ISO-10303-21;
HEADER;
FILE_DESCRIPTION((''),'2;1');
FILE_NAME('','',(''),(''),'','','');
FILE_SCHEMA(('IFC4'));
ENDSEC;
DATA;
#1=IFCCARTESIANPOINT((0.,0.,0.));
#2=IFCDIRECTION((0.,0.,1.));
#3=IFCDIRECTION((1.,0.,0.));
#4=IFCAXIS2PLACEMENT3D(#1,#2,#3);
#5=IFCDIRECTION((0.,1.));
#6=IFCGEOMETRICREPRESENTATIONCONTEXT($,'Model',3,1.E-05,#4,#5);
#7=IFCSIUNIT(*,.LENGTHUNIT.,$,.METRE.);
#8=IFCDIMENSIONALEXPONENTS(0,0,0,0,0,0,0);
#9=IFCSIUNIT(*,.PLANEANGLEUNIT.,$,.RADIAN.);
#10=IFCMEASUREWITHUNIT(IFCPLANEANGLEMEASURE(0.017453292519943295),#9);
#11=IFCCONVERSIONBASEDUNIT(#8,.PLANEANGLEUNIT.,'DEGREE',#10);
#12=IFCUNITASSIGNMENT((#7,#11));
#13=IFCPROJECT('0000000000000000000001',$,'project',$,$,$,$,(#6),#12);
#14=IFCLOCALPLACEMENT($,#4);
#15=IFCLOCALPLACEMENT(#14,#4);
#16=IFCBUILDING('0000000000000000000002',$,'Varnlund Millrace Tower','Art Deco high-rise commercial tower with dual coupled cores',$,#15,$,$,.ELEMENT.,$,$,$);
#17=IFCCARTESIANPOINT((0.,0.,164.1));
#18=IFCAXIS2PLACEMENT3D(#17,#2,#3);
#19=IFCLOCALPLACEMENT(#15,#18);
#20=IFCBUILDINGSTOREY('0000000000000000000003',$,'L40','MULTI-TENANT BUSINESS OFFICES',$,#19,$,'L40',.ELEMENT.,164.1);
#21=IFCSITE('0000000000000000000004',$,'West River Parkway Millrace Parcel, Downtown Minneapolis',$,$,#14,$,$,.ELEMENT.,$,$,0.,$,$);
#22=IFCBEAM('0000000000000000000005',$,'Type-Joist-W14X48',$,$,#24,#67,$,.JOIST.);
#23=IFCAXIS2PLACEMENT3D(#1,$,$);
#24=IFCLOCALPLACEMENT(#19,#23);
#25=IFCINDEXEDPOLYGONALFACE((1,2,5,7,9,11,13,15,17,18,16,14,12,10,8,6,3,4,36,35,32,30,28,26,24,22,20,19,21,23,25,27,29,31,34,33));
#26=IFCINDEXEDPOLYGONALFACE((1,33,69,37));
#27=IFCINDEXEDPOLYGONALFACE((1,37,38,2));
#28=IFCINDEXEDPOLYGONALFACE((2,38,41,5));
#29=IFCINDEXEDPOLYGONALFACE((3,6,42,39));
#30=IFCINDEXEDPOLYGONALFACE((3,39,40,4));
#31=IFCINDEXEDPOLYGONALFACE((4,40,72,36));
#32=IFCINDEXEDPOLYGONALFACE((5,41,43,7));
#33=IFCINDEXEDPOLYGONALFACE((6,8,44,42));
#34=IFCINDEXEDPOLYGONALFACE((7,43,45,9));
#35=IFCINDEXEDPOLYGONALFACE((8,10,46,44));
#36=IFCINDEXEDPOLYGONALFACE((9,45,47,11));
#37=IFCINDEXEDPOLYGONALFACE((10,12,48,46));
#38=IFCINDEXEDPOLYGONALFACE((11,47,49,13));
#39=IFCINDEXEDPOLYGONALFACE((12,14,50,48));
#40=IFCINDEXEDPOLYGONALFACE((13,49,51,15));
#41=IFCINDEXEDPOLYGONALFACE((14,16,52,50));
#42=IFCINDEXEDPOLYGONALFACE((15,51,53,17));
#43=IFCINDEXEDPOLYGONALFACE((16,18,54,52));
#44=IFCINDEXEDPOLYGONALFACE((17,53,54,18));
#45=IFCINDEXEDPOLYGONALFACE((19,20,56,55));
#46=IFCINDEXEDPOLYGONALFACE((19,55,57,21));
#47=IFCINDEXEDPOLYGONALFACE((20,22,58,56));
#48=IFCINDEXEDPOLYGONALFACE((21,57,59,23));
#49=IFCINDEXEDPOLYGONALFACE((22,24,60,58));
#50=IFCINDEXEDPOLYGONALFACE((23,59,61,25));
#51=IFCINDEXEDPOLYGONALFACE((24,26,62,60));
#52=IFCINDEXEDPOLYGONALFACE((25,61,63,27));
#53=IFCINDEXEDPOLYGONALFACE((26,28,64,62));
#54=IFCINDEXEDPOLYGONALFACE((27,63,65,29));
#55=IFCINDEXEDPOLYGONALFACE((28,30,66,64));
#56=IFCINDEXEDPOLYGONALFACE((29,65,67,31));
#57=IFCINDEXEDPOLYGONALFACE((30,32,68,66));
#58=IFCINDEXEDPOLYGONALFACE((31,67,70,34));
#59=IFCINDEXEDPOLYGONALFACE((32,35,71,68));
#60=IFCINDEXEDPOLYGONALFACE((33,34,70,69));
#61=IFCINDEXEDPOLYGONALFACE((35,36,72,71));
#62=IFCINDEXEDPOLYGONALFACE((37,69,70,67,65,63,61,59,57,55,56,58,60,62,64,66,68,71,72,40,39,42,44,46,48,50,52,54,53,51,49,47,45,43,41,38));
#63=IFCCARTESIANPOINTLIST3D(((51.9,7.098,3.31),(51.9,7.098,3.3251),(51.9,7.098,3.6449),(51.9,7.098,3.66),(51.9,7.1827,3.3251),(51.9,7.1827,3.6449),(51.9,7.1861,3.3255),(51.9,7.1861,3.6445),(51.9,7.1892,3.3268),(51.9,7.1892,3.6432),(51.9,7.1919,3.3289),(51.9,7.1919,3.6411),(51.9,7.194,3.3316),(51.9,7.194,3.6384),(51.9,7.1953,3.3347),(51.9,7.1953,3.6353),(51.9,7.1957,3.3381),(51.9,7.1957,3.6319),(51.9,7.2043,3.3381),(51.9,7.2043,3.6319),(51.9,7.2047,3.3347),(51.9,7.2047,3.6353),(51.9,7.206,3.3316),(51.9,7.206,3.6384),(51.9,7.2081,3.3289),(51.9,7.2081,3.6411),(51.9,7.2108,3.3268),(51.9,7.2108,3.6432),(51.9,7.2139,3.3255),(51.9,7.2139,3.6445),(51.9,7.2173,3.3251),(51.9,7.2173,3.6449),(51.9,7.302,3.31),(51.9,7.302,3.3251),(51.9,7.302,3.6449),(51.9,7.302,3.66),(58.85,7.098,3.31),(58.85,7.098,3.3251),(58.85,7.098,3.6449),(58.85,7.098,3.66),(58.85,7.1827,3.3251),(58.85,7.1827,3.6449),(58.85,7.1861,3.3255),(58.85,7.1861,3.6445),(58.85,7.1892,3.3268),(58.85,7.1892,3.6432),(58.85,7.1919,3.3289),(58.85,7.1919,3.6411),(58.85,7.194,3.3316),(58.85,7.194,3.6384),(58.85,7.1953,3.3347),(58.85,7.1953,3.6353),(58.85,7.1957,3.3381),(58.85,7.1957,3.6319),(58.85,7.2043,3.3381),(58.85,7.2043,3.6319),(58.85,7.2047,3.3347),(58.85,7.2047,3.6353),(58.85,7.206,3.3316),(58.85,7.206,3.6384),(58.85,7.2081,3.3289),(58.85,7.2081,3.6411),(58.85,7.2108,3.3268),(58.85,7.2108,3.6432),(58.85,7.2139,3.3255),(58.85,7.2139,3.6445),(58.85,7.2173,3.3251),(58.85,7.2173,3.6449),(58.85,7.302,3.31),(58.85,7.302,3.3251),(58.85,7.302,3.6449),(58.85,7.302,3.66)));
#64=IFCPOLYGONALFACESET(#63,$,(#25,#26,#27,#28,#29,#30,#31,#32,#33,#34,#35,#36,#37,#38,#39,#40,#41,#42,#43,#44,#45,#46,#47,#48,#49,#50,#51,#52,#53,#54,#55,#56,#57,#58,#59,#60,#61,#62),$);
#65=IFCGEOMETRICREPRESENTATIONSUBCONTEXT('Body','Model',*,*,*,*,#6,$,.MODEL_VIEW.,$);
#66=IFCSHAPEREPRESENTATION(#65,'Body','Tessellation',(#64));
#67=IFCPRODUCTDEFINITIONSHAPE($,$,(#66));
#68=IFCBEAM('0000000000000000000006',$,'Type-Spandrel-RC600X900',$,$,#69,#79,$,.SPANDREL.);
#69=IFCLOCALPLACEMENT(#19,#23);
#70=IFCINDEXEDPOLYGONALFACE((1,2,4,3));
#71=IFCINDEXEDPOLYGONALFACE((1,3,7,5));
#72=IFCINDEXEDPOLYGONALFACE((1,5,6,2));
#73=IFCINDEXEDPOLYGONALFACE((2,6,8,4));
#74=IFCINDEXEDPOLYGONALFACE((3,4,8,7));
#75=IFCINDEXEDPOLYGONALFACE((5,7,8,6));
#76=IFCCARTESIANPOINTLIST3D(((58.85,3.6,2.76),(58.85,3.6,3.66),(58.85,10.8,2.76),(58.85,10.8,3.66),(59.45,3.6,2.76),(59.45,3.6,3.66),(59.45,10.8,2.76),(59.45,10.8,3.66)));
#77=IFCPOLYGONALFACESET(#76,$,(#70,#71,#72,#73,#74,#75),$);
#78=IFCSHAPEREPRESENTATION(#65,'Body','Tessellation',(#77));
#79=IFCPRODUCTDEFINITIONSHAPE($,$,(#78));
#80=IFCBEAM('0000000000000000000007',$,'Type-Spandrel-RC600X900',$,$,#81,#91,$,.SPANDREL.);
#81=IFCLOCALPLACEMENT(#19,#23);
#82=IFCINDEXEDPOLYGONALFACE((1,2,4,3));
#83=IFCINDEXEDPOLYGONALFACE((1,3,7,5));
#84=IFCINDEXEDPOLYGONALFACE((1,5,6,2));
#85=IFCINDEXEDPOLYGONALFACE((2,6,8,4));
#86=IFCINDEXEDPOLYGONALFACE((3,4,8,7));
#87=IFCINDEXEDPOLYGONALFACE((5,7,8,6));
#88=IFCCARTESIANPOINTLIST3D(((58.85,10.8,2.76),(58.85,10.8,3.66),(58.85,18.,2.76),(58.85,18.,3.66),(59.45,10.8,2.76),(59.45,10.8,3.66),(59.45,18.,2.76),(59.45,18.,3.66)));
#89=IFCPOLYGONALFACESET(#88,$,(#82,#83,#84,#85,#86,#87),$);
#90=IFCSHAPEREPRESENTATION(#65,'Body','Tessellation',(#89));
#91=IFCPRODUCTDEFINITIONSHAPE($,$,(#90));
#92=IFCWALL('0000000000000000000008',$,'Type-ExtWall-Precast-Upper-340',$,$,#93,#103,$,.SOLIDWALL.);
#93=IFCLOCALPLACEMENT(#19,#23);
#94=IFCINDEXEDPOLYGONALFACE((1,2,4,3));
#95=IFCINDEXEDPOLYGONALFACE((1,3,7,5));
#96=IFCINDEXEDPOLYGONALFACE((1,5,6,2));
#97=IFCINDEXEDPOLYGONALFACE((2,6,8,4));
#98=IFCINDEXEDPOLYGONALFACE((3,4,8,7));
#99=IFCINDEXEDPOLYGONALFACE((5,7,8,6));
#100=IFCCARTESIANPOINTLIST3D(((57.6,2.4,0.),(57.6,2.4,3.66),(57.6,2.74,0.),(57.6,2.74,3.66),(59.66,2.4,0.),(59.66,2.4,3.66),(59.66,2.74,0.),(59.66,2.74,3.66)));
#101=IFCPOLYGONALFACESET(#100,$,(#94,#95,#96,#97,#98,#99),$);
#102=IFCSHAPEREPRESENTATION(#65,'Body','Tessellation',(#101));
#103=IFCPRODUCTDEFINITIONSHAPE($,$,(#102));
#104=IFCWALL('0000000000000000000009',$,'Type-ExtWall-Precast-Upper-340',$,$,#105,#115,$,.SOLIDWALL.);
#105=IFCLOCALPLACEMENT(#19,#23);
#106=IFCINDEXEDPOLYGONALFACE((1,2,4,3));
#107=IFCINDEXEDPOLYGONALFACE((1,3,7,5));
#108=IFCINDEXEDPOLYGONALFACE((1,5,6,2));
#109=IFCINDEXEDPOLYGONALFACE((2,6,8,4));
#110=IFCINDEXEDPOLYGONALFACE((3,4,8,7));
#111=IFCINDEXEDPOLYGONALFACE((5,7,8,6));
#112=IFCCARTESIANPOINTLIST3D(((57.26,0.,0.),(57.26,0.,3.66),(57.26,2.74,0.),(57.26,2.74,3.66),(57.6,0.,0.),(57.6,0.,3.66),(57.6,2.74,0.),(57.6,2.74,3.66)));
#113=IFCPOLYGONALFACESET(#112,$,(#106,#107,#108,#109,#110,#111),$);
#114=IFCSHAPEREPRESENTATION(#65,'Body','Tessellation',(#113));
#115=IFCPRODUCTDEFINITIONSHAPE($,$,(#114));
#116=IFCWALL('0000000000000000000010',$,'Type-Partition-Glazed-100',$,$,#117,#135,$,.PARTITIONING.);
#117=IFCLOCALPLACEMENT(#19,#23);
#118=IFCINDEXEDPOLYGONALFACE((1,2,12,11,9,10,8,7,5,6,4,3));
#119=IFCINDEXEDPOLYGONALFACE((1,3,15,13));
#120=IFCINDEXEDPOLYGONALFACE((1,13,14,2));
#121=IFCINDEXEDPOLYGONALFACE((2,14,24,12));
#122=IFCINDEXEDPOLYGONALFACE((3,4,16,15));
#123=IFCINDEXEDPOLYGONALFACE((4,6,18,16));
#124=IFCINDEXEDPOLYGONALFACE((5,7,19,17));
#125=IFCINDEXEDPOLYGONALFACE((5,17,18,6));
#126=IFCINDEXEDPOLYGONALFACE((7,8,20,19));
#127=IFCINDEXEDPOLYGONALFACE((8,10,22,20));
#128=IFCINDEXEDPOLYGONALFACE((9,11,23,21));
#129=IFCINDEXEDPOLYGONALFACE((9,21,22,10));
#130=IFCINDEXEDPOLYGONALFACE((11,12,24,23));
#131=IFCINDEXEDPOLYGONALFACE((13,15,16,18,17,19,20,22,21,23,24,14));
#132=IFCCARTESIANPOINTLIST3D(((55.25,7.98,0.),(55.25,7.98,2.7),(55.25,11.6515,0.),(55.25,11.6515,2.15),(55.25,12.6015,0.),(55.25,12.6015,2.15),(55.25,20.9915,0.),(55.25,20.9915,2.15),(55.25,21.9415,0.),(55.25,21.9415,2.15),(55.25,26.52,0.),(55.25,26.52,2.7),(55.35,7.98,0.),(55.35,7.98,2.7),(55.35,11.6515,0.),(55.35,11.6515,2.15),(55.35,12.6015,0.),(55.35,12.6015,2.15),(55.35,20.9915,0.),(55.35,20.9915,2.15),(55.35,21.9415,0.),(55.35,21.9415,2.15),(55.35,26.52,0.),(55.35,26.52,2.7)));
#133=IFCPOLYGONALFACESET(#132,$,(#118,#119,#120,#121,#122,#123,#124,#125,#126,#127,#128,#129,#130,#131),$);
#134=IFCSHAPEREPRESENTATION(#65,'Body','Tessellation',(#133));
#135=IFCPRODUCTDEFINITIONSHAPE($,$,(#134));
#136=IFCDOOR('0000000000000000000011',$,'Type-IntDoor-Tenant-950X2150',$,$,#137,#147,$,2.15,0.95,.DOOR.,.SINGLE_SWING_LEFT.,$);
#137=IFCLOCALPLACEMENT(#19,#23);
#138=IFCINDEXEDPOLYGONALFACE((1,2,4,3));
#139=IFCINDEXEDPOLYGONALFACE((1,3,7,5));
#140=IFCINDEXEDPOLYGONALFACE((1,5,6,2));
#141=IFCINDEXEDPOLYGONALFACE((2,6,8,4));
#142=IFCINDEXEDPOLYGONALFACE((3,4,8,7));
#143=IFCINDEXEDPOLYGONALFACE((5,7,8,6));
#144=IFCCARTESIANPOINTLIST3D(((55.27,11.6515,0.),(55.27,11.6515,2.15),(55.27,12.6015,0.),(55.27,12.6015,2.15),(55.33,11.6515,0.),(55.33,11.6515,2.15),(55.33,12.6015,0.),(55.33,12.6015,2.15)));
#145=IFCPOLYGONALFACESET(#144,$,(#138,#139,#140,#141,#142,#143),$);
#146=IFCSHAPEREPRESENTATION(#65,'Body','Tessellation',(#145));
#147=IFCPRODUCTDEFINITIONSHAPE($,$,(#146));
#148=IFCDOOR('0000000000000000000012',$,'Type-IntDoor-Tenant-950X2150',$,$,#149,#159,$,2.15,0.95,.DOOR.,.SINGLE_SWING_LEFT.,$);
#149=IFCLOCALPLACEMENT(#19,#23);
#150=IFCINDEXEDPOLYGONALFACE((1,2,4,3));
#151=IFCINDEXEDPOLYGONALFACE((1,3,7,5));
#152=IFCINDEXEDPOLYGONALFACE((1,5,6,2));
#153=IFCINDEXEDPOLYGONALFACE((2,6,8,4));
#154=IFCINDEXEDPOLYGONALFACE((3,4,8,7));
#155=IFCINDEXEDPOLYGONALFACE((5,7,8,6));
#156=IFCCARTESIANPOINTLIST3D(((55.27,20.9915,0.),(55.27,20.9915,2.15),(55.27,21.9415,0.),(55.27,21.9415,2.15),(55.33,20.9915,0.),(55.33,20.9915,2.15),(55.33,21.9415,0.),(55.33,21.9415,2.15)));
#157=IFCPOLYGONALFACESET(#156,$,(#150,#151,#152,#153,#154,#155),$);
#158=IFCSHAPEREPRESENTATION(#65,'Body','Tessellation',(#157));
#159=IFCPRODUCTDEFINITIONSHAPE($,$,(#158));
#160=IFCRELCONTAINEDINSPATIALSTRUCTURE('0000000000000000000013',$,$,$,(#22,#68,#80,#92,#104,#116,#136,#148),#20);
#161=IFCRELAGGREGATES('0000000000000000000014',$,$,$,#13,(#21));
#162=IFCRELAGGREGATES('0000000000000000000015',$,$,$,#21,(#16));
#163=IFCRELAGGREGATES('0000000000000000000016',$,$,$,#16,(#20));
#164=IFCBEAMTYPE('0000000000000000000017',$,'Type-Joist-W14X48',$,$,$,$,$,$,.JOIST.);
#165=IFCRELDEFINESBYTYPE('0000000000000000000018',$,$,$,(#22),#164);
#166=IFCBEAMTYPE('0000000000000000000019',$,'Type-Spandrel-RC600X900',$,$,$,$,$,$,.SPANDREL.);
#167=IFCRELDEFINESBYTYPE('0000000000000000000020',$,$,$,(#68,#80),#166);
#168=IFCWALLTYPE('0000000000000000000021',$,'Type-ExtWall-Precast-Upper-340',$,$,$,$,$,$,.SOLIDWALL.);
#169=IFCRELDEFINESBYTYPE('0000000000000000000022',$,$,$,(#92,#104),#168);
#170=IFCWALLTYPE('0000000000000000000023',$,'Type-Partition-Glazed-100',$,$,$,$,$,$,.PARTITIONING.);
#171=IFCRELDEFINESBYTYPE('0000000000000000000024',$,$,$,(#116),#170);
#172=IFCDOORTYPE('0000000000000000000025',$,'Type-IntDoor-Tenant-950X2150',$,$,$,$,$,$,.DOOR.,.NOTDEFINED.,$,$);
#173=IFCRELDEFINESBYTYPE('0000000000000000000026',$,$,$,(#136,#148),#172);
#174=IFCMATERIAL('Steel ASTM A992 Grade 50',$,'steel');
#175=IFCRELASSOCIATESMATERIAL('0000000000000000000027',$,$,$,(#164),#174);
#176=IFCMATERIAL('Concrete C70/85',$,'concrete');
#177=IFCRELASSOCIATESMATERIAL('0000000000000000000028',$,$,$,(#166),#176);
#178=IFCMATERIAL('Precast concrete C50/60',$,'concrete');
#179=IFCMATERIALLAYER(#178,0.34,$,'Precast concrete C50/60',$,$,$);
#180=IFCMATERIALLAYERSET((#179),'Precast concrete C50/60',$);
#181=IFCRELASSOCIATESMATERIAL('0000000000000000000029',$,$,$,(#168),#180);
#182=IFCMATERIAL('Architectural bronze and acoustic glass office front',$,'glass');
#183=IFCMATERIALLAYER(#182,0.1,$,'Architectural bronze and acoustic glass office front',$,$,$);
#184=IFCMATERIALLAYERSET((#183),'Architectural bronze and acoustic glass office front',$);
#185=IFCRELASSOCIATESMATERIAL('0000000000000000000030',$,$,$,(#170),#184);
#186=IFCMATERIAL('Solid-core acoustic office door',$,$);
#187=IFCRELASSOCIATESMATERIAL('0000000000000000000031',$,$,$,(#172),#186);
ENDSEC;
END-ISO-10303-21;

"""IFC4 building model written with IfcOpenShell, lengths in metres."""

from ifc_helpers import new_model, entity, si_unit, converted_unit, direction, frame, origin_with_axes, origin_2d_with_axis, place, context, subcontext, project, spatial, polyline, rectangle, i_section, outline, extrude, material, layer, layer_set, material_profile, profile_set, type_object, element, fill, save


model = new_model("IFC4")

# Units and contexts
model_context = context("Model", 3, precision=1e-05, world=origin_with_axes(), true_north=direction((0.0, 1.0)))
body_context = subcontext(model_context, "Body", "Model", "MODEL_VIEW")
ifc_project = project(units=[si_unit("LENGTHUNIT", "METRE"), converted_unit("PLANEANGLEUNIT", "DEGREE", entity("IfcPlaneAngleMeasure", 0.017453292519943295), si_unit("PLANEANGLEUNIT", "RADIAN"), dimensions=[0, 0, 0, 0, 0, 0, 0])], contexts=[model_context])

# Site, building, storey
site_placement = place(None, origin_with_axes())
site = spatial("IfcSite", under=ifc_project, at=site_placement, Name="West River Parkway Millrace Parcel, Downtown Minneapolis", CompositionType="ELEMENT", RefElevation=0.0)
building_placement = place(site_placement, origin_with_axes())
building = spatial("IfcBuilding", under=site, at=building_placement, Name="Varnlund Millrace Tower", Description="Art Deco high-rise commercial tower with dual coupled cores", CompositionType="ELEMENT")
storey_placement = place(building_placement, frame((0.0, 0.0, 164.1), z_axis=(0.0, 0.0, 1.0), x_axis=(1.0, 0.0, 0.0)))
storey = spatial("IfcBuildingStorey", under=building, at=storey_placement, Name="L40", Description="MULTI-TENANT BUSINESS OFFICES", LongName="L40", CompositionType="ELEMENT", Elevation=164.1)

# Beams
ifc_material_1 = material(Name="Steel ASTM A992 Grade 50", Category="steel")
ifc_material_profile_1 = material_profile(ifc_material_1, i_section(OverallWidth=0.204, OverallDepth=0.35, WebThickness=0.0086, FlangeThickness=0.0151, FilletRadius=0.013, at=origin_2d_with_axis()), Name="Steel ASTM A992 Grade 50")
ifc_profile_set_1 = profile_set([ifc_material_profile_1], Name="Steel ASTM A992 Grade 50")
beam_type_1 = type_object("IfcBeamType", Name="Type-Joist-W14X48", PredefinedType="JOIST", material=ifc_profile_set_1)
beam_placement = place(storey_placement, frame((51.9, 7.2, 3.485), z_axis=(1.0, 0.0, 0.0), x_axis=(0.0, 1.0, 0.0)))
element("IfcBeam", 1, at=beam_placement, inside=storey, type_object=beam_type_1, Name="Type-Joist-W14X48", PredefinedType="JOIST", context=body_context, shape_type="SweptSolid", body=[
    extrude(i_section(OverallWidth=0.204, OverallDepth=0.35, WebThickness=0.0086, FlangeThickness=0.0151, FilletRadius=0.013, at=origin_2d_with_axis()), origin_with_axes(), (0.0, 0.0, 1.0), 6.95),
])
ifc_material_2 = material(Name="Concrete C70/85", Category="concrete")
ifc_material_profile_2 = material_profile(ifc_material_2, rectangle(XDim=0.6, YDim=0.9, at=origin_2d_with_axis()), Name="Concrete C70/85")
ifc_profile_set_2 = profile_set([ifc_material_profile_2], Name="Concrete C70/85")
beam_type_2 = type_object("IfcBeamType", Name="Type-Spandrel-RC600X900", PredefinedType="SPANDREL", material=ifc_profile_set_2)
for number, where, z_axis, x_axis, name in (
    (2, (59.15, 3.6, 3.21), (0.0, 1.0, 0.0), (-1.0, 0.0, 0.0), "Type-Spandrel-RC600X900"),
    (3, (59.15, 10.8, 3.21), (0.0, 1.0, 0.0), (-1.0, 0.0, 0.0), "Type-Spandrel-RC600X900"),
):
    element("IfcBeam", number, at=place(storey_placement, frame(where, z_axis=z_axis, x_axis=x_axis)), inside=storey, type_object=beam_type_2, Name=name, PredefinedType="SPANDREL", context=body_context, shape_type="SweptSolid", body=[
        extrude(rectangle(XDim=0.6, YDim=0.9, at=origin_2d_with_axis()), origin_with_axes(), (0.0, 0.0, 1.0), 7.2),
    ])

# Walls
ifc_material_3 = material(Name="Precast concrete C50/60", Category="concrete")
ifc_layer_1 = layer(ifc_material_3, 0.34, Name="Precast concrete C50/60")
ifc_layer_set_1 = layer_set([ifc_layer_1], Name="Precast concrete C50/60")
wall_type_1 = type_object("IfcWallType", Name="Type-ExtWall-Precast-Upper-340", PredefinedType="SOLIDWALL", material=ifc_layer_set_1)
wall_1_placement = place(storey_placement, frame((59.66, 2.57, 0.0), z_axis=(0.0, 0.0, 1.0), x_axis=(-1.0, 0.0, 0.0)))
element("IfcWall", 4, at=wall_1_placement, inside=storey, type_object=wall_type_1, Name="Type-ExtWall-Precast-Upper-340", PredefinedType="SOLIDWALL", context=body_context, shape_type="SweptSolid", body=[
    extrude(outline(polyline([(0.0, -0.17), (2.06, -0.17), (2.06, 0.17), (0.0, 0.17), (0.0, -0.17)])), origin_with_axes(), (0.0, 0.0, 1.0), 3.66),
])
wall_2_placement = place(storey_placement, frame((57.43, 2.74, 0.0), z_axis=(0.0, 0.0, 1.0), x_axis=(0.0, -1.0, 0.0)))
element("IfcWall", 5, at=wall_2_placement, inside=storey, type_object=wall_type_1, Name="Type-ExtWall-Precast-Upper-340", PredefinedType="SOLIDWALL", context=body_context, shape_type="SweptSolid", body=[
    extrude(outline(polyline([(0.0, -0.17), (2.74, -0.17), (2.74, 0.17), (0.0, 0.17), (0.0, -0.17)])), origin_with_axes(), (0.0, 0.0, 1.0), 3.66),
])

# Wall, openings, doors
ifc_material_4 = material(Name="Architectural bronze and acoustic glass office front", Category="glass")
ifc_layer_2 = layer(ifc_material_4, 0.1, Name="Architectural bronze and acoustic glass office front")
ifc_layer_set_2 = layer_set([ifc_layer_2], Name="Architectural bronze and acoustic glass office front")
wall_type_2 = type_object("IfcWallType", Name="Type-Partition-Glazed-100", PredefinedType="PARTITIONING", material=ifc_layer_set_2)
wall_3_placement = place(storey_placement, frame((55.3, 7.98, 0.0), z_axis=(0.0, 0.0, 1.0), x_axis=(0.0, 1.0, 0.0)))
wall_3 = element("IfcWall", 6, at=wall_3_placement, inside=storey, type_object=wall_type_2, Name="Type-Partition-Glazed-100", PredefinedType="PARTITIONING", context=body_context, shape_type="SweptSolid", body=[
    extrude(outline(polyline([(0.0, -0.05), (18.54, -0.05), (18.54, 0.05), (0.0, 0.05), (0.0, -0.05)])), origin_with_axes(), (0.0, 0.0, 1.0), 2.7),
])
opening_1_placement = place(wall_3_placement, frame((4.1465, 0.0, 0.0), z_axis=(0.0, 0.0, 1.0), x_axis=(1.0, 0.0, 0.0)))
opening_1 = element("IfcOpeningElement", 7, at=opening_1_placement, cuts=wall_3, PredefinedType="OPENING", context=body_context, shape_type="SweptSolid", body=[
    extrude(rectangle(XDim=0.95, YDim=0.12, at=origin_2d_with_axis()), origin_with_axes(), (0.0, 0.0, 1.0), 2.15),
])
opening_2_placement = place(wall_3_placement, frame((13.4865, 0.0, 0.0), z_axis=(0.0, 0.0, 1.0), x_axis=(1.0, 0.0, 0.0)))
opening_2 = element("IfcOpeningElement", 8, at=opening_2_placement, cuts=wall_3, PredefinedType="OPENING", context=body_context, shape_type="SweptSolid", body=[
    extrude(rectangle(XDim=0.95, YDim=0.12, at=origin_2d_with_axis()), origin_with_axes(), (0.0, 0.0, 1.0), 2.15),
])
ifc_material_5 = material(Name="Solid-core acoustic office door")
door_type_1 = type_object("IfcDoorType", Name="Type-IntDoor-Tenant-950X2150", OperationType="NOTDEFINED", PredefinedType="DOOR", material=ifc_material_5)
door_1_placement = place(wall_3_placement, frame((4.1465, 0.0, 0.0), z_axis=(0.0, 0.0, 1.0), x_axis=(1.0, 0.0, 0.0)))
door_1 = element("IfcDoor", 9, at=door_1_placement, inside=storey, type_object=door_type_1, Name="Type-IntDoor-Tenant-950X2150", OperationType="SINGLE_SWING_LEFT", OverallHeight=2.15, OverallWidth=0.95, PredefinedType="DOOR", context=body_context, shape_type="SweptSolid", body=[
    extrude(rectangle(XDim=0.95, YDim=0.06, at=origin_2d_with_axis()), origin_with_axes(), (0.0, 0.0, 1.0), 2.15),
])
fill(opening_1, door_1)
door_2_placement = place(wall_3_placement, frame((13.4865, 0.0, 0.0), z_axis=(0.0, 0.0, 1.0), x_axis=(1.0, 0.0, 0.0)))
door_2 = element("IfcDoor", 10, at=door_2_placement, inside=storey, type_object=door_type_1, Name="Type-IntDoor-Tenant-950X2150", OperationType="SINGLE_SWING_LEFT", OverallHeight=2.15, OverallWidth=0.95, PredefinedType="DOOR", context=body_context, shape_type="SweptSolid", body=[
    extrude(rectangle(XDim=0.95, YDim=0.06, at=origin_2d_with_axis()), origin_with_axes(), (0.0, 0.0, 1.0), 2.15),
])
fill(opening_2, door_2)

save(model, "model.ifc")
